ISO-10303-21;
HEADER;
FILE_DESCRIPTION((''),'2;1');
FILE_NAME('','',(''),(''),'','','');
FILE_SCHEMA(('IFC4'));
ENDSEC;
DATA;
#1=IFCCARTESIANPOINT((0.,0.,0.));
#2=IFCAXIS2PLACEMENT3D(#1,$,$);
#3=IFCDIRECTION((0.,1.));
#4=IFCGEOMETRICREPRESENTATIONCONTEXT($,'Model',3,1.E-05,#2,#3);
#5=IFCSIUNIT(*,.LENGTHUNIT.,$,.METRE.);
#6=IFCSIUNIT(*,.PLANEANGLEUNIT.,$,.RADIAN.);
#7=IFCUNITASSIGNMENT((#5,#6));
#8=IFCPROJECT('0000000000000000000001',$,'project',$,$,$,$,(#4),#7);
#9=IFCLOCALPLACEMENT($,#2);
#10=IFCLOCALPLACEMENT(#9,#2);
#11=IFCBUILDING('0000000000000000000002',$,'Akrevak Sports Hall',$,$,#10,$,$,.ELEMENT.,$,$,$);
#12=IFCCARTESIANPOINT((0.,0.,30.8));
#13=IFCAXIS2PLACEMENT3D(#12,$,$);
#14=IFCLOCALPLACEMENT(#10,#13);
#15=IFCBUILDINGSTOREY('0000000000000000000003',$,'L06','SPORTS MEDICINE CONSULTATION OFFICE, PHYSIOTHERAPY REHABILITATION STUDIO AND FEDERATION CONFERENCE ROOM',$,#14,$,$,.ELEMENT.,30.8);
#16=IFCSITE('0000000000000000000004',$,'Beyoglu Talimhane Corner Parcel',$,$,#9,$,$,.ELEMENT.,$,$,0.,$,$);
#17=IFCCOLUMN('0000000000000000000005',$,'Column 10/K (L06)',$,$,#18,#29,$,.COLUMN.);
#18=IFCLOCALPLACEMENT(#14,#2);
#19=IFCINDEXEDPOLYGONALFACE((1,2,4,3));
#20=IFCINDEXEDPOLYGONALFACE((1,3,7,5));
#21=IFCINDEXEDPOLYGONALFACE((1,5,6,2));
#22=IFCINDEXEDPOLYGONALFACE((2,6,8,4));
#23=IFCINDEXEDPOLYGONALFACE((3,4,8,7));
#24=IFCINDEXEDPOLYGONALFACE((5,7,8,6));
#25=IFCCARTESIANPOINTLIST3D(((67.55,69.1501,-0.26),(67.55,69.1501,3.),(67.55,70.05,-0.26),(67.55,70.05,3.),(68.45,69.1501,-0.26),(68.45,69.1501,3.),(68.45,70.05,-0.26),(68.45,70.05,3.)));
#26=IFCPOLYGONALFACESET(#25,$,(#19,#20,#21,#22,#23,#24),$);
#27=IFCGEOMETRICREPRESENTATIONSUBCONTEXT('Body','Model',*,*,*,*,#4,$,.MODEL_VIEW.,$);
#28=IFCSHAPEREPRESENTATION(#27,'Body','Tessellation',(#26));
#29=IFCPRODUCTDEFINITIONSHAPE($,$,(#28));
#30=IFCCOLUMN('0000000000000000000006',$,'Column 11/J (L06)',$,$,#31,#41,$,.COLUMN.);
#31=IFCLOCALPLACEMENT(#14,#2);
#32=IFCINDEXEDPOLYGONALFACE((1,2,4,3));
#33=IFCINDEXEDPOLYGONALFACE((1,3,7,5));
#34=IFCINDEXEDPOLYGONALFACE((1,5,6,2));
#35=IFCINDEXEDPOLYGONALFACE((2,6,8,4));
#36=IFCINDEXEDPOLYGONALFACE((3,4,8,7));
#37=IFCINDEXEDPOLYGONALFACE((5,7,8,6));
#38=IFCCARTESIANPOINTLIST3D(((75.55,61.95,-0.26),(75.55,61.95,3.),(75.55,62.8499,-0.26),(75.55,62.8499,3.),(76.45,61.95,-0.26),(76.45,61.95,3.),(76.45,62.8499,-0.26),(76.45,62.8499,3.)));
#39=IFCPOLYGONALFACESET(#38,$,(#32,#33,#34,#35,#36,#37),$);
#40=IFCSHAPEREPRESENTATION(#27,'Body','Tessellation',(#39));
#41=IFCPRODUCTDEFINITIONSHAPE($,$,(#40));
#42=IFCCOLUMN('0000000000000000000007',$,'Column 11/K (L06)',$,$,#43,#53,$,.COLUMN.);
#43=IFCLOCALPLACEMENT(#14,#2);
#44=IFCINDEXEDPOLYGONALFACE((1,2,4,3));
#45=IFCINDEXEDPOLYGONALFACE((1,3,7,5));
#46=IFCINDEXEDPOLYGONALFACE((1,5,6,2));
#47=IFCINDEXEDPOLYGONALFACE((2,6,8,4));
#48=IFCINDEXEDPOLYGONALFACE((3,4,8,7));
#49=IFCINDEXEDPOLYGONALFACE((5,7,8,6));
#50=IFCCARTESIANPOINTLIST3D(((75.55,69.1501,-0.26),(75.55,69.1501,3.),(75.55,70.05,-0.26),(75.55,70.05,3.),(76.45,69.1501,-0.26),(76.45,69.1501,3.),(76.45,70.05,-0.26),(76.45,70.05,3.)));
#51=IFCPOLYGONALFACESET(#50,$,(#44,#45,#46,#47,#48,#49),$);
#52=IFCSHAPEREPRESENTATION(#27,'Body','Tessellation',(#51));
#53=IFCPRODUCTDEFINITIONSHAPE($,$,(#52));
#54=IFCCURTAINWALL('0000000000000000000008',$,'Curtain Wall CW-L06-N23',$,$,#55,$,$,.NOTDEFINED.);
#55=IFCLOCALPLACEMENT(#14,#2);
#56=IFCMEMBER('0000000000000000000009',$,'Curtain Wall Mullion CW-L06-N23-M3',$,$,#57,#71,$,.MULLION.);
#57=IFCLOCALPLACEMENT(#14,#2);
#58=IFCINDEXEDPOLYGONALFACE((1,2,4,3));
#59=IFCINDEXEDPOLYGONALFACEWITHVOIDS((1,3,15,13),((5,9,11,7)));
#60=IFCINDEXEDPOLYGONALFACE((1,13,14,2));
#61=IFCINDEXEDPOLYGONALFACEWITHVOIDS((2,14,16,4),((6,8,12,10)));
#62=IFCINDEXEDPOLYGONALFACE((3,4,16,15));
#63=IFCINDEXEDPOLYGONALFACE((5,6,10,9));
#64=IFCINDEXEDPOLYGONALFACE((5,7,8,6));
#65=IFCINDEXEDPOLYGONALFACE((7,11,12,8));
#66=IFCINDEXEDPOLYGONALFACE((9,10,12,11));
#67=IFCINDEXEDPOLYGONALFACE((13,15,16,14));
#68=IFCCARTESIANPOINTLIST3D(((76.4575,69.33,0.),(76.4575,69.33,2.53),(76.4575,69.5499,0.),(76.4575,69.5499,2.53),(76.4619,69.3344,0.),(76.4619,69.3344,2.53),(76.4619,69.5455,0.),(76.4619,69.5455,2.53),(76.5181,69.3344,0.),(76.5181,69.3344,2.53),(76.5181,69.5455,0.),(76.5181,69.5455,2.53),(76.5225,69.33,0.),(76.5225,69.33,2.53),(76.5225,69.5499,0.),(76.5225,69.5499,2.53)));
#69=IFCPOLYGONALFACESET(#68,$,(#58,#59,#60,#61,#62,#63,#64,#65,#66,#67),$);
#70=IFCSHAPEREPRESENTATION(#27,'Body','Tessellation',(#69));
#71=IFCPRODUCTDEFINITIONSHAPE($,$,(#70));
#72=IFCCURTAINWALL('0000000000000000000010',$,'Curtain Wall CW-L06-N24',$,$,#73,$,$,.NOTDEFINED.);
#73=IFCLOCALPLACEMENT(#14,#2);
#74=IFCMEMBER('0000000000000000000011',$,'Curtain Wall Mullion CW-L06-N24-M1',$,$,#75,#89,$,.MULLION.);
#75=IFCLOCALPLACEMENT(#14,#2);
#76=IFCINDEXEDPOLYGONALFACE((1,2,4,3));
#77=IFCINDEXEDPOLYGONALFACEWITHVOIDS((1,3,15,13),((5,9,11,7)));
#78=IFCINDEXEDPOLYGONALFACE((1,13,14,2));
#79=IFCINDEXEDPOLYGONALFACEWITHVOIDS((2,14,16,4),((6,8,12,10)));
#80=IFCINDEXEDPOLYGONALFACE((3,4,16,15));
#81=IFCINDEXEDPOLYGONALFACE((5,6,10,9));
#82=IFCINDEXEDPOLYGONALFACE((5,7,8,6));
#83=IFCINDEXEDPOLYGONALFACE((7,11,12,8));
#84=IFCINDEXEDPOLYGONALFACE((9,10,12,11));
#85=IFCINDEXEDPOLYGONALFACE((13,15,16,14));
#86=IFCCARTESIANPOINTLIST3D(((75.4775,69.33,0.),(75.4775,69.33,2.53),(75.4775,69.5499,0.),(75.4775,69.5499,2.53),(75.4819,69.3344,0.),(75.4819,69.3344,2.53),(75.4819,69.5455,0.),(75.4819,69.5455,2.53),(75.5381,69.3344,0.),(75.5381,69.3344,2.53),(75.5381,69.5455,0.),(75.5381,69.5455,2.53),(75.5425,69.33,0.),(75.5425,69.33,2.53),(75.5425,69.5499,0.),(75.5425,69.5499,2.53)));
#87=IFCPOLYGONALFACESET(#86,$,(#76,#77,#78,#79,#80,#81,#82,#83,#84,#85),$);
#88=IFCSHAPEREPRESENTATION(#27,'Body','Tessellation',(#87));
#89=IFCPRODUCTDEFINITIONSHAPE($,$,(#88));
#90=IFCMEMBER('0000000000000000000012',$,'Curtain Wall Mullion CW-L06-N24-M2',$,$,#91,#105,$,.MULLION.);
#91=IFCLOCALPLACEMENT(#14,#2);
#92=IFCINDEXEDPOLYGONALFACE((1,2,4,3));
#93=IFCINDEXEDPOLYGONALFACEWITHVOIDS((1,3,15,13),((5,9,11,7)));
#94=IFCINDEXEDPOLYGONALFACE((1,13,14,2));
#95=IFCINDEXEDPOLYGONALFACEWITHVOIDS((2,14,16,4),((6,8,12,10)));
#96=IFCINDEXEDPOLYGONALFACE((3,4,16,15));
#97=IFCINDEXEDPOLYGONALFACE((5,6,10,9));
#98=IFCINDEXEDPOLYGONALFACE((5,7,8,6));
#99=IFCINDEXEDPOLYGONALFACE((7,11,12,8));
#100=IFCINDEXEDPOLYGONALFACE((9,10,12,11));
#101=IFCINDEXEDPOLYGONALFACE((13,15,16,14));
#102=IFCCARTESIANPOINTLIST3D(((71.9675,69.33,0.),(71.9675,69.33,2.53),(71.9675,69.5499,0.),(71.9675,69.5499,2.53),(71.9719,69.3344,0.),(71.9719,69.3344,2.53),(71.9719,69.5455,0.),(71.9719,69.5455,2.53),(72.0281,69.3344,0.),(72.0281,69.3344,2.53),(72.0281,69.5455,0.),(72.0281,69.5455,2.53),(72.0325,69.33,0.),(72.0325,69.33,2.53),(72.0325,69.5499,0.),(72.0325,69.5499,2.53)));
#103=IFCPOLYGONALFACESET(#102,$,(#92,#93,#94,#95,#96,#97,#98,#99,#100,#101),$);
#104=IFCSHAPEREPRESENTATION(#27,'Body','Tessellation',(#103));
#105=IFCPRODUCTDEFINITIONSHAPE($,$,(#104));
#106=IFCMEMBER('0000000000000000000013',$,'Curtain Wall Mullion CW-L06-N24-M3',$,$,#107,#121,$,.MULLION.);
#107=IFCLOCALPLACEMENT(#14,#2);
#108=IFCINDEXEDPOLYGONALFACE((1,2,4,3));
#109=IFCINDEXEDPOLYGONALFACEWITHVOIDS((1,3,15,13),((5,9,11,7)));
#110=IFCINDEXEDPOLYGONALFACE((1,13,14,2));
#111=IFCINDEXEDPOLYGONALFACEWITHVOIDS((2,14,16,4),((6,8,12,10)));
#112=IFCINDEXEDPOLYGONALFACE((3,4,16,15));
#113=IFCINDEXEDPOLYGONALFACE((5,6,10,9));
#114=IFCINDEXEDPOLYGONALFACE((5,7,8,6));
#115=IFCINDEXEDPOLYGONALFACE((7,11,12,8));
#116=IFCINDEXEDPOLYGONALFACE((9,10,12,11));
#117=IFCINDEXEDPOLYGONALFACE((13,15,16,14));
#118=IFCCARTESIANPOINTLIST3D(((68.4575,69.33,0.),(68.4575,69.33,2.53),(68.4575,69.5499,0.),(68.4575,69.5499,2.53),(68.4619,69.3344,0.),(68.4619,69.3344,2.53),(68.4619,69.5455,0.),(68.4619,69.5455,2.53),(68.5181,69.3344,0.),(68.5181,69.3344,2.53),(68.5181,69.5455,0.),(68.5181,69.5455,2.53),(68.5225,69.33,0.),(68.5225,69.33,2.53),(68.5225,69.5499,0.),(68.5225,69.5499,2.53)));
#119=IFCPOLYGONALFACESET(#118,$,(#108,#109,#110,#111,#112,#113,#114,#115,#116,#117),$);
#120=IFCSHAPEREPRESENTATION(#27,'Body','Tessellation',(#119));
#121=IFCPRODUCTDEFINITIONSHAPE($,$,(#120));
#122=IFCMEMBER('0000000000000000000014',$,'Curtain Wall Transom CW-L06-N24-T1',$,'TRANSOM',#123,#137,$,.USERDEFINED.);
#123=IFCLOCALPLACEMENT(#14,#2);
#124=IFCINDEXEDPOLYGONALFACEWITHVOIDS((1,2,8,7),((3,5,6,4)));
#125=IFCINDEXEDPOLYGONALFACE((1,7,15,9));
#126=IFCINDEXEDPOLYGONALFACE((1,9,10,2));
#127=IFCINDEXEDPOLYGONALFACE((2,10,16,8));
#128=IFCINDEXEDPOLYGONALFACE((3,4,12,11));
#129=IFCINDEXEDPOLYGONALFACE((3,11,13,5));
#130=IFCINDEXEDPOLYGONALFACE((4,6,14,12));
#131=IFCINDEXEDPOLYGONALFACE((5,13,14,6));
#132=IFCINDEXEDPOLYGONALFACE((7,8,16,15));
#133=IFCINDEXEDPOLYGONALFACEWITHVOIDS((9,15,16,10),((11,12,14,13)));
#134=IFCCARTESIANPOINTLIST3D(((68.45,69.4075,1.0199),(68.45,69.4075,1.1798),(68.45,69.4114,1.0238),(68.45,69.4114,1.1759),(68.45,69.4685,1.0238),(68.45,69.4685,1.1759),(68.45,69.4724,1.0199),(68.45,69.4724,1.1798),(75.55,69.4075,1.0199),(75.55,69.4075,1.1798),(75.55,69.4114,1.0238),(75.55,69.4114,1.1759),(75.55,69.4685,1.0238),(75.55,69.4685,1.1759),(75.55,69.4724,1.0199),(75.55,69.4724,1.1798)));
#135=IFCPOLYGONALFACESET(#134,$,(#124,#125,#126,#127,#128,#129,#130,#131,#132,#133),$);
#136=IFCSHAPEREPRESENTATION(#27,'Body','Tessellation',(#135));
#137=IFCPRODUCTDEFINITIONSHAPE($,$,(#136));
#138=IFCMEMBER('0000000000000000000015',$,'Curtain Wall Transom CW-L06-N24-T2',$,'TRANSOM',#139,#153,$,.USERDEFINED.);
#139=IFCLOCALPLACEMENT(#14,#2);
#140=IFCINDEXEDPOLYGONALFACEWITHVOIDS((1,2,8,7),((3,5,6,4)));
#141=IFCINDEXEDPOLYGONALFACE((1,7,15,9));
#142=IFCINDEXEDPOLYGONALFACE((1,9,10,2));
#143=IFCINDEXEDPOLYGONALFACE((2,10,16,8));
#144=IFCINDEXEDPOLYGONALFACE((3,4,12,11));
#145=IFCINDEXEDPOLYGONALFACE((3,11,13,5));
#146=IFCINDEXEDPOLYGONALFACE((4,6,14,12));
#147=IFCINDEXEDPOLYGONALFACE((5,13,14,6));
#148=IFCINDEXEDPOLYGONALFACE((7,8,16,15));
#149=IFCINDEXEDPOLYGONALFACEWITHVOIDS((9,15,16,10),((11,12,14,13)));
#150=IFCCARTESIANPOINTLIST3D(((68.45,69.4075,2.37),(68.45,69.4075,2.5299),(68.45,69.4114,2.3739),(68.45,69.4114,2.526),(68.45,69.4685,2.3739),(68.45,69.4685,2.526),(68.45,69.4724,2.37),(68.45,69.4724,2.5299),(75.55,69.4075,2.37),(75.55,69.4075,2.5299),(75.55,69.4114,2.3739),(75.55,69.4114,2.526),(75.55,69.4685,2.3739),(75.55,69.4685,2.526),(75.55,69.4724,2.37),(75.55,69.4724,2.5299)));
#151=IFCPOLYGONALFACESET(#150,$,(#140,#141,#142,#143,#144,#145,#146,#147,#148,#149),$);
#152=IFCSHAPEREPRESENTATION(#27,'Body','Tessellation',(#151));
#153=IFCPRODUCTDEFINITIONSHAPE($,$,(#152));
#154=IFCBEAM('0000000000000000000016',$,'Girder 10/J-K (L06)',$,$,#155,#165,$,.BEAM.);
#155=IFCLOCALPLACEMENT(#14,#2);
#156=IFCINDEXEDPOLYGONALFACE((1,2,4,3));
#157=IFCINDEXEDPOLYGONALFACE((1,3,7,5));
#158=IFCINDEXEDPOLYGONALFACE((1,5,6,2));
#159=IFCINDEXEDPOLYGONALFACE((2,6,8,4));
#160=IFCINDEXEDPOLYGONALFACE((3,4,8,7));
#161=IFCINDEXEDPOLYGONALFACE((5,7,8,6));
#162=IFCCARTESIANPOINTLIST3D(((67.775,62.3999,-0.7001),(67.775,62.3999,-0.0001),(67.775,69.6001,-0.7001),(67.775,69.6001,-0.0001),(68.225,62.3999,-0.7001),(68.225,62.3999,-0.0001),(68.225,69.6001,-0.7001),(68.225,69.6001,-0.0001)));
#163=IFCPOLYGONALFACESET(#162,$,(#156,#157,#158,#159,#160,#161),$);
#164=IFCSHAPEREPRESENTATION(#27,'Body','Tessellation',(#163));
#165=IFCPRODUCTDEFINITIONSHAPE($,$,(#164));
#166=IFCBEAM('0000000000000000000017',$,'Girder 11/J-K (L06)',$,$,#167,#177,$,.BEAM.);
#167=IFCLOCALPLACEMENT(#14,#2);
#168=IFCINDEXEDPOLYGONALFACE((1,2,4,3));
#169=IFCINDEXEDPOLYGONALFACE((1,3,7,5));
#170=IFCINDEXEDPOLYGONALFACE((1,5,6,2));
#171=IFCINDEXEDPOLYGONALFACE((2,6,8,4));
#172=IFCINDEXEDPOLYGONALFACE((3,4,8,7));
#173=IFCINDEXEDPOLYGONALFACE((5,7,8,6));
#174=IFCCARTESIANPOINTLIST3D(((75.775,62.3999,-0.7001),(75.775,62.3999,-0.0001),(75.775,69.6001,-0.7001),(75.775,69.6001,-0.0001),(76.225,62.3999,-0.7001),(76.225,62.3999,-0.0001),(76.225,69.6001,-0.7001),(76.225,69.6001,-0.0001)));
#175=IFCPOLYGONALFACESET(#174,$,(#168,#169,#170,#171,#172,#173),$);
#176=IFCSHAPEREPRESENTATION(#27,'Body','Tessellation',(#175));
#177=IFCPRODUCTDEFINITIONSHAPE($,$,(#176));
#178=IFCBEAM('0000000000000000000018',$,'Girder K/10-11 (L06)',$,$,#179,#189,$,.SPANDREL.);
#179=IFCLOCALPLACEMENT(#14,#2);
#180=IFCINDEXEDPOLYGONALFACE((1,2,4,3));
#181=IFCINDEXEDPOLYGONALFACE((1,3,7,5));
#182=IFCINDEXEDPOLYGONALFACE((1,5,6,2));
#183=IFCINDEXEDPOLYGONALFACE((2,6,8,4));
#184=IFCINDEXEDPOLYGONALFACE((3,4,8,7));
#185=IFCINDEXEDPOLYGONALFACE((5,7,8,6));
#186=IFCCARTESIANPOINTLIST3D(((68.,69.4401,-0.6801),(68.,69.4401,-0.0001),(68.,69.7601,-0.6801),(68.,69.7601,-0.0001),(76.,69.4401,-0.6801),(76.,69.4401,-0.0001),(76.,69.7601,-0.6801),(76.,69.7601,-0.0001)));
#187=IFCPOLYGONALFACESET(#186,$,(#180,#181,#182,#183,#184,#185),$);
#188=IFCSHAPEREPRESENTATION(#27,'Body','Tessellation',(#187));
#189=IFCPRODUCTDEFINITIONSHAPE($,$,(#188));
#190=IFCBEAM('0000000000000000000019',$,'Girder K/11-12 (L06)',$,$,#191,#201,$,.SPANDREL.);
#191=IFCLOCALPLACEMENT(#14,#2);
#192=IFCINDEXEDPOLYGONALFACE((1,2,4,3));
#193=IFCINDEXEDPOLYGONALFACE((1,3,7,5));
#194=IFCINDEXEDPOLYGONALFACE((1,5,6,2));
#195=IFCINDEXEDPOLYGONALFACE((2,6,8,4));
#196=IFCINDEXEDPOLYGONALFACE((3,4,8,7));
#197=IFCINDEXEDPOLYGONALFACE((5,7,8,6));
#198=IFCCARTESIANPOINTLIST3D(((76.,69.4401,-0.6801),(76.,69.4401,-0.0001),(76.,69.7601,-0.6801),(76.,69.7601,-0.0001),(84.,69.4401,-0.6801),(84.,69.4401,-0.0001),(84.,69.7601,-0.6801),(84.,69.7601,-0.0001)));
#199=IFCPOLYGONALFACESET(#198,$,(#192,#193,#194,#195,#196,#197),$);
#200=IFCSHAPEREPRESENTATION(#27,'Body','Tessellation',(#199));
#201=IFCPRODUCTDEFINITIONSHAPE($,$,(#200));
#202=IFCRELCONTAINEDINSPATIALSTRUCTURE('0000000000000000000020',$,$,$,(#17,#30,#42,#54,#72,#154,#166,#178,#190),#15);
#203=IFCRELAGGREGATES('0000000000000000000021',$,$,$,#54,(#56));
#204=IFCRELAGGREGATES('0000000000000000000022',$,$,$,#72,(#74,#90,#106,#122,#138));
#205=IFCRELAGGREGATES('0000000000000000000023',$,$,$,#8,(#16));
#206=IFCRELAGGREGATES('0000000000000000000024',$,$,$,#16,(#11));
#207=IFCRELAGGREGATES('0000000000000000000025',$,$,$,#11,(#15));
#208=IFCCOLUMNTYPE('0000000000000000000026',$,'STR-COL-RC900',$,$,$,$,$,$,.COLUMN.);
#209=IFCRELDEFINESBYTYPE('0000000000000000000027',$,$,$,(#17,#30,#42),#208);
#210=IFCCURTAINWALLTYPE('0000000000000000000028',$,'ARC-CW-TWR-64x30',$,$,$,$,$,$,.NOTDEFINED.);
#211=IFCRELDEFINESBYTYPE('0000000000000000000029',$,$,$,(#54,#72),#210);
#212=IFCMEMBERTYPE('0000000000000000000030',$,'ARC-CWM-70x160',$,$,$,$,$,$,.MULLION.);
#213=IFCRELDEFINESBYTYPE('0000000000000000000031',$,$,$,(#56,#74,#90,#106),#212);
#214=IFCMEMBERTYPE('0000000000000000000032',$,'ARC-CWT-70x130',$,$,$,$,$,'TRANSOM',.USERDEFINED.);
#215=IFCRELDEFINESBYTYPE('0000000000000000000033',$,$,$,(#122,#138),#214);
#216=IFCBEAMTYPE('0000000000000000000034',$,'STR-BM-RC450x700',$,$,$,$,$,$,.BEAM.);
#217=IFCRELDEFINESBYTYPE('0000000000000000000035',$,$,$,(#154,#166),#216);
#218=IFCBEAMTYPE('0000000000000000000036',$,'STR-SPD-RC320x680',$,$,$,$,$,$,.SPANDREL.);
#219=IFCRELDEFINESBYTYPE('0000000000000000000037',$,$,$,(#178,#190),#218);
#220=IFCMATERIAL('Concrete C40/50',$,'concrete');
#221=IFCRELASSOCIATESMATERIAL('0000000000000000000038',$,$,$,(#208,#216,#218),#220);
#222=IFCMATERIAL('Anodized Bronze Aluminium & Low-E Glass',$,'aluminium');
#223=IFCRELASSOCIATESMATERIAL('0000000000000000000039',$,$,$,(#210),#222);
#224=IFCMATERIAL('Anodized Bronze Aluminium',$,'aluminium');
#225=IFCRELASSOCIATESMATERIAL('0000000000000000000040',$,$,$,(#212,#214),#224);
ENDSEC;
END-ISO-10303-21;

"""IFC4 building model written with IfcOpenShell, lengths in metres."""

from ifc_helpers import new_model, si_unit, direction, frame, origin, origin_2d, place, context, subcontext, project, spatial, rectangle, hollow_rectangle, extrude, material, material_profile, profile_set, type_object, element, aggregate, save


model = new_model("IFC4")

# Units and contexts
model_context = context("Model", 3, precision=1e-05, world=origin(), true_north=direction((0.0, 1.0)))
body_context = subcontext(model_context, "Body", "Model", "MODEL_VIEW")
ifc_project = project(units=[si_unit("LENGTHUNIT", "METRE"), si_unit("PLANEANGLEUNIT", "RADIAN")], contexts=[model_context])

# Site, building, storey
site_placement = place(None, origin())
site = spatial("IfcSite", under=ifc_project, at=site_placement, Name="Beyoglu Talimhane Corner Parcel", CompositionType="ELEMENT", RefElevation=0.0)
building_placement = place(site_placement, origin())
building = spatial("IfcBuilding", under=site, at=building_placement, Name="Akrevak Sports Hall", CompositionType="ELEMENT")
storey_placement = place(building_placement, frame((0.0, 0.0, 30.8)))
storey = spatial("IfcBuildingStorey", under=building, at=storey_placement, Name="L06", Description="SPORTS MEDICINE CONSULTATION OFFICE, PHYSIOTHERAPY REHABILITATION STUDIO AND FEDERATION CONFERENCE ROOM", CompositionType="ELEMENT", Elevation=30.8)

# Columns
ifc_material_1 = material(Name="Concrete C40/50", Category="concrete")
ifc_material_profile_1 = material_profile(ifc_material_1, rectangle(XDim=0.8999, YDim=0.8999, at=origin_2d()), Name="RC 900x900", Category="concrete")
ifc_profile_set_1 = profile_set([ifc_material_profile_1], Name="Concrete C40/50")
column_type = type_object("IfcColumnType", Name="STR-COL-RC900", PredefinedType="COLUMN", material=ifc_profile_set_1)
for number, where, z_axis, x_axis, name in (
    (1, (68.0, 69.6001, -0.26), (0.0, 0.0, 1.0), (1.0, 0.0, 0.0), "Column 10/K (L06)"),
    (2, (76.0, 62.3999, -0.26), (0.0, 0.0, 1.0), (1.0, 0.0, 0.0), "Column 11/J (L06)"),
    (3, (76.0, 69.6001, -0.26), (0.0, 0.0, 1.0), (1.0, 0.0, 0.0), "Column 11/K (L06)"),
):
    element("IfcColumn", number, at=place(storey_placement, frame(where, z_axis=z_axis, x_axis=x_axis)), inside=storey, type_object=column_type, Name=name, PredefinedType="COLUMN", context=body_context, shape_type="SweptSolid", body=[
        extrude(rectangle(XDim=0.8999, YDim=0.8999, at=origin_2d()), origin(), (0.0, 0.0, 1.0), 3.26),
    ])

# Curtain wall, member
ifc_material_2 = material(Name="Anodized Bronze Aluminium & Low-E Glass", Category="aluminium")
curtain_wall_type = type_object("IfcCurtainWallType", Name="ARC-CW-TWR-64x30", PredefinedType="NOTDEFINED", material=ifc_material_2)
curtain_wall_1_placement = place(storey_placement, origin())
curtain_wall_1 = element("IfcCurtainWall", 4, at=curtain_wall_1_placement, inside=storey, type_object=curtain_wall_type, Name="Curtain Wall CW-L06-N23", PredefinedType="NOTDEFINED")
ifc_material_3 = material(Name="Anodized Bronze Aluminium", Category="aluminium")
ifc_material_profile_2 = material_profile(ifc_material_3, hollow_rectangle(XDim=0.0649, YDim=0.22, WallThickness=0.0044, at=origin_2d()), Name="CWM 65x220", Category="aluminium")
ifc_profile_set_2 = profile_set([ifc_material_profile_2], Name="Anodized Bronze Aluminium")
member_type_1 = type_object("IfcMemberType", Name="ARC-CWM-70x160", PredefinedType="MULLION", material=ifc_profile_set_2)
member_1_placement = place(storey_placement, frame((76.49, 69.4399, 0.0), z_axis=(0.0, 0.0, 1.0), x_axis=(-1.0, 0.0, 0.0)))
member_1 = element("IfcMember", 5, at=member_1_placement, type_object=member_type_1, Name="Curtain Wall Mullion CW-L06-N23-M3", PredefinedType="MULLION", context=body_context, shape_type="SweptSolid", body=[
    extrude(hollow_rectangle(XDim=0.0649, YDim=0.22, WallThickness=0.0044, at=origin_2d()), origin(), (0.0, 0.0, 1.0), 2.53),
])
aggregate(curtain_wall_1, [member_1])

# Curtain wall, members
curtain_wall_2_placement = place(storey_placement, origin())
curtain_wall_2 = element("IfcCurtainWall", 6, at=curtain_wall_2_placement, inside=storey, type_object=curtain_wall_type, Name="Curtain Wall CW-L06-N24", PredefinedType="NOTDEFINED")
member_2_placement = place(storey_placement, frame((75.51, 69.4399, 0.0), z_axis=(0.0, 0.0, 1.0), x_axis=(-1.0, 0.0, 0.0)))
member_2 = element("IfcMember", 7, at=member_2_placement, type_object=member_type_1, Name="Curtain Wall Mullion CW-L06-N24-M1", PredefinedType="MULLION", context=body_context, shape_type="SweptSolid", body=[
    extrude(hollow_rectangle(XDim=0.0649, YDim=0.22, WallThickness=0.0044, at=origin_2d()), origin(), (0.0, 0.0, 1.0), 2.53),
])
member_3_placement = place(storey_placement, frame((72.0, 69.4399, 0.0), z_axis=(0.0, 0.0, 1.0), x_axis=(-1.0, 0.0, 0.0)))
member_3 = element("IfcMember", 8, at=member_3_placement, type_object=member_type_1, Name="Curtain Wall Mullion CW-L06-N24-M2", PredefinedType="MULLION", context=body_context, shape_type="SweptSolid", body=[
    extrude(hollow_rectangle(XDim=0.0649, YDim=0.22, WallThickness=0.0044, at=origin_2d()), origin(), (0.0, 0.0, 1.0), 2.53),
])
member_4_placement = place(storey_placement, frame((68.49, 69.4399, 0.0), z_axis=(0.0, 0.0, 1.0), x_axis=(-1.0, 0.0, 0.0)))
member_4 = element("IfcMember", 9, at=member_4_placement, type_object=member_type_1, Name="Curtain Wall Mullion CW-L06-N24-M3", PredefinedType="MULLION", context=body_context, shape_type="SweptSolid", body=[
    extrude(hollow_rectangle(XDim=0.0649, YDim=0.22, WallThickness=0.0044, at=origin_2d()), origin(), (0.0, 0.0, 1.0), 2.53),
])
ifc_material_profile_3 = material_profile(ifc_material_3, hollow_rectangle(XDim=0.0649, YDim=0.1599, WallThickness=0.0039, at=origin_2d()), Name="CWT 65x160", Category="aluminium")
ifc_profile_set_3 = profile_set([ifc_material_profile_3], Name="Anodized Bronze Aluminium")
member_type_2 = type_object("IfcMemberType", Name="ARC-CWT-70x130", ElementType="TRANSOM", PredefinedType="USERDEFINED", material=ifc_profile_set_3)
member_5_placement = place(storey_placement, frame((75.55, 69.4399, 1.0999), z_axis=(-1.0, 0.0, 0.0), x_axis=(0.0, -1.0, 0.0)))
member_5 = element("IfcMember", 10, at=member_5_placement, type_object=member_type_2, Name="Curtain Wall Transom CW-L06-N24-T1", ObjectType="TRANSOM", PredefinedType="USERDEFINED", context=body_context, shape_type="SweptSolid", body=[
    extrude(hollow_rectangle(XDim=0.0649, YDim=0.1599, WallThickness=0.0039, at=origin_2d()), origin(), (0.0, 0.0, 1.0), 7.1001),
])
member_6_placement = place(storey_placement, frame((75.55, 69.4399, 2.45), z_axis=(-1.0, 0.0, 0.0), x_axis=(0.0, -1.0, 0.0)))
member_6 = element("IfcMember", 11, at=member_6_placement, type_object=member_type_2, Name="Curtain Wall Transom CW-L06-N24-T2", ObjectType="TRANSOM", PredefinedType="USERDEFINED", context=body_context, shape_type="SweptSolid", body=[
    extrude(hollow_rectangle(XDim=0.0649, YDim=0.1599, WallThickness=0.0039, at=origin_2d()), origin(), (0.0, 0.0, 1.0), 7.1001),
])

# Beams
ifc_material_profile_4 = material_profile(ifc_material_1, rectangle(XDim=0.45, YDim=0.7, at=origin_2d()), Name="BM 450x700", Category="concrete")
ifc_profile_set_4 = profile_set([ifc_material_profile_4], Name="Concrete C40/50")
beam_type_1 = type_object("IfcBeamType", Name="STR-BM-RC450x700", PredefinedType="BEAM", material=ifc_profile_set_4)
for number, where, z_axis, x_axis, name in (
    (12, (68.0, 62.3999, -0.3501), (0.0, 1.0, 0.0), (-1.0, 0.0, 0.0), "Girder 10/J-K (L06)"),
    (13, (76.0, 62.3999, -0.3501), (0.0, 1.0, 0.0), (-1.0, 0.0, 0.0), "Girder 11/J-K (L06)"),
):
    element("IfcBeam", number, at=place(storey_placement, frame(where, z_axis=z_axis, x_axis=x_axis)), inside=storey, type_object=beam_type_1, Name=name, PredefinedType="BEAM", context=body_context, shape_type="SweptSolid", body=[
        extrude(rectangle(XDim=0.45, YDim=0.7, at=origin_2d()), origin(), (0.0, 0.0, 1.0), 7.2002),
    ])
ifc_material_profile_5 = material_profile(ifc_material_1, rectangle(XDim=0.3201, YDim=0.6799, at=origin_2d()), Name="SPD 320x680", Category="concrete")
ifc_profile_set_5 = profile_set([ifc_material_profile_5], Name="Concrete C40/50")
beam_type_2 = type_object("IfcBeamType", Name="STR-SPD-RC320x680", PredefinedType="SPANDREL", material=ifc_profile_set_5)
for number, where, z_axis, x_axis, name in (
    (14, (68.0, 69.6001, -0.3401), (1.0, 0.0, 0.0), (0.0, 1.0, 0.0), "Girder K/10-11 (L06)"),
    (15, (76.0, 69.6001, -0.3401), (1.0, 0.0, 0.0), (0.0, 1.0, 0.0), "Girder K/11-12 (L06)"),
):
    element("IfcBeam", number, at=place(storey_placement, frame(where, z_axis=z_axis, x_axis=x_axis)), inside=storey, type_object=beam_type_2, Name=name, PredefinedType="SPANDREL", context=body_context, shape_type="SweptSolid", body=[
        extrude(rectangle(XDim=0.3201, YDim=0.6799, at=origin_2d()), origin(), (0.0, 0.0, 1.0), 8.0),
    ])

aggregate(curtain_wall_2, [member_2, member_3, member_4, member_5, member_6])

save(model, "model.ifc")
